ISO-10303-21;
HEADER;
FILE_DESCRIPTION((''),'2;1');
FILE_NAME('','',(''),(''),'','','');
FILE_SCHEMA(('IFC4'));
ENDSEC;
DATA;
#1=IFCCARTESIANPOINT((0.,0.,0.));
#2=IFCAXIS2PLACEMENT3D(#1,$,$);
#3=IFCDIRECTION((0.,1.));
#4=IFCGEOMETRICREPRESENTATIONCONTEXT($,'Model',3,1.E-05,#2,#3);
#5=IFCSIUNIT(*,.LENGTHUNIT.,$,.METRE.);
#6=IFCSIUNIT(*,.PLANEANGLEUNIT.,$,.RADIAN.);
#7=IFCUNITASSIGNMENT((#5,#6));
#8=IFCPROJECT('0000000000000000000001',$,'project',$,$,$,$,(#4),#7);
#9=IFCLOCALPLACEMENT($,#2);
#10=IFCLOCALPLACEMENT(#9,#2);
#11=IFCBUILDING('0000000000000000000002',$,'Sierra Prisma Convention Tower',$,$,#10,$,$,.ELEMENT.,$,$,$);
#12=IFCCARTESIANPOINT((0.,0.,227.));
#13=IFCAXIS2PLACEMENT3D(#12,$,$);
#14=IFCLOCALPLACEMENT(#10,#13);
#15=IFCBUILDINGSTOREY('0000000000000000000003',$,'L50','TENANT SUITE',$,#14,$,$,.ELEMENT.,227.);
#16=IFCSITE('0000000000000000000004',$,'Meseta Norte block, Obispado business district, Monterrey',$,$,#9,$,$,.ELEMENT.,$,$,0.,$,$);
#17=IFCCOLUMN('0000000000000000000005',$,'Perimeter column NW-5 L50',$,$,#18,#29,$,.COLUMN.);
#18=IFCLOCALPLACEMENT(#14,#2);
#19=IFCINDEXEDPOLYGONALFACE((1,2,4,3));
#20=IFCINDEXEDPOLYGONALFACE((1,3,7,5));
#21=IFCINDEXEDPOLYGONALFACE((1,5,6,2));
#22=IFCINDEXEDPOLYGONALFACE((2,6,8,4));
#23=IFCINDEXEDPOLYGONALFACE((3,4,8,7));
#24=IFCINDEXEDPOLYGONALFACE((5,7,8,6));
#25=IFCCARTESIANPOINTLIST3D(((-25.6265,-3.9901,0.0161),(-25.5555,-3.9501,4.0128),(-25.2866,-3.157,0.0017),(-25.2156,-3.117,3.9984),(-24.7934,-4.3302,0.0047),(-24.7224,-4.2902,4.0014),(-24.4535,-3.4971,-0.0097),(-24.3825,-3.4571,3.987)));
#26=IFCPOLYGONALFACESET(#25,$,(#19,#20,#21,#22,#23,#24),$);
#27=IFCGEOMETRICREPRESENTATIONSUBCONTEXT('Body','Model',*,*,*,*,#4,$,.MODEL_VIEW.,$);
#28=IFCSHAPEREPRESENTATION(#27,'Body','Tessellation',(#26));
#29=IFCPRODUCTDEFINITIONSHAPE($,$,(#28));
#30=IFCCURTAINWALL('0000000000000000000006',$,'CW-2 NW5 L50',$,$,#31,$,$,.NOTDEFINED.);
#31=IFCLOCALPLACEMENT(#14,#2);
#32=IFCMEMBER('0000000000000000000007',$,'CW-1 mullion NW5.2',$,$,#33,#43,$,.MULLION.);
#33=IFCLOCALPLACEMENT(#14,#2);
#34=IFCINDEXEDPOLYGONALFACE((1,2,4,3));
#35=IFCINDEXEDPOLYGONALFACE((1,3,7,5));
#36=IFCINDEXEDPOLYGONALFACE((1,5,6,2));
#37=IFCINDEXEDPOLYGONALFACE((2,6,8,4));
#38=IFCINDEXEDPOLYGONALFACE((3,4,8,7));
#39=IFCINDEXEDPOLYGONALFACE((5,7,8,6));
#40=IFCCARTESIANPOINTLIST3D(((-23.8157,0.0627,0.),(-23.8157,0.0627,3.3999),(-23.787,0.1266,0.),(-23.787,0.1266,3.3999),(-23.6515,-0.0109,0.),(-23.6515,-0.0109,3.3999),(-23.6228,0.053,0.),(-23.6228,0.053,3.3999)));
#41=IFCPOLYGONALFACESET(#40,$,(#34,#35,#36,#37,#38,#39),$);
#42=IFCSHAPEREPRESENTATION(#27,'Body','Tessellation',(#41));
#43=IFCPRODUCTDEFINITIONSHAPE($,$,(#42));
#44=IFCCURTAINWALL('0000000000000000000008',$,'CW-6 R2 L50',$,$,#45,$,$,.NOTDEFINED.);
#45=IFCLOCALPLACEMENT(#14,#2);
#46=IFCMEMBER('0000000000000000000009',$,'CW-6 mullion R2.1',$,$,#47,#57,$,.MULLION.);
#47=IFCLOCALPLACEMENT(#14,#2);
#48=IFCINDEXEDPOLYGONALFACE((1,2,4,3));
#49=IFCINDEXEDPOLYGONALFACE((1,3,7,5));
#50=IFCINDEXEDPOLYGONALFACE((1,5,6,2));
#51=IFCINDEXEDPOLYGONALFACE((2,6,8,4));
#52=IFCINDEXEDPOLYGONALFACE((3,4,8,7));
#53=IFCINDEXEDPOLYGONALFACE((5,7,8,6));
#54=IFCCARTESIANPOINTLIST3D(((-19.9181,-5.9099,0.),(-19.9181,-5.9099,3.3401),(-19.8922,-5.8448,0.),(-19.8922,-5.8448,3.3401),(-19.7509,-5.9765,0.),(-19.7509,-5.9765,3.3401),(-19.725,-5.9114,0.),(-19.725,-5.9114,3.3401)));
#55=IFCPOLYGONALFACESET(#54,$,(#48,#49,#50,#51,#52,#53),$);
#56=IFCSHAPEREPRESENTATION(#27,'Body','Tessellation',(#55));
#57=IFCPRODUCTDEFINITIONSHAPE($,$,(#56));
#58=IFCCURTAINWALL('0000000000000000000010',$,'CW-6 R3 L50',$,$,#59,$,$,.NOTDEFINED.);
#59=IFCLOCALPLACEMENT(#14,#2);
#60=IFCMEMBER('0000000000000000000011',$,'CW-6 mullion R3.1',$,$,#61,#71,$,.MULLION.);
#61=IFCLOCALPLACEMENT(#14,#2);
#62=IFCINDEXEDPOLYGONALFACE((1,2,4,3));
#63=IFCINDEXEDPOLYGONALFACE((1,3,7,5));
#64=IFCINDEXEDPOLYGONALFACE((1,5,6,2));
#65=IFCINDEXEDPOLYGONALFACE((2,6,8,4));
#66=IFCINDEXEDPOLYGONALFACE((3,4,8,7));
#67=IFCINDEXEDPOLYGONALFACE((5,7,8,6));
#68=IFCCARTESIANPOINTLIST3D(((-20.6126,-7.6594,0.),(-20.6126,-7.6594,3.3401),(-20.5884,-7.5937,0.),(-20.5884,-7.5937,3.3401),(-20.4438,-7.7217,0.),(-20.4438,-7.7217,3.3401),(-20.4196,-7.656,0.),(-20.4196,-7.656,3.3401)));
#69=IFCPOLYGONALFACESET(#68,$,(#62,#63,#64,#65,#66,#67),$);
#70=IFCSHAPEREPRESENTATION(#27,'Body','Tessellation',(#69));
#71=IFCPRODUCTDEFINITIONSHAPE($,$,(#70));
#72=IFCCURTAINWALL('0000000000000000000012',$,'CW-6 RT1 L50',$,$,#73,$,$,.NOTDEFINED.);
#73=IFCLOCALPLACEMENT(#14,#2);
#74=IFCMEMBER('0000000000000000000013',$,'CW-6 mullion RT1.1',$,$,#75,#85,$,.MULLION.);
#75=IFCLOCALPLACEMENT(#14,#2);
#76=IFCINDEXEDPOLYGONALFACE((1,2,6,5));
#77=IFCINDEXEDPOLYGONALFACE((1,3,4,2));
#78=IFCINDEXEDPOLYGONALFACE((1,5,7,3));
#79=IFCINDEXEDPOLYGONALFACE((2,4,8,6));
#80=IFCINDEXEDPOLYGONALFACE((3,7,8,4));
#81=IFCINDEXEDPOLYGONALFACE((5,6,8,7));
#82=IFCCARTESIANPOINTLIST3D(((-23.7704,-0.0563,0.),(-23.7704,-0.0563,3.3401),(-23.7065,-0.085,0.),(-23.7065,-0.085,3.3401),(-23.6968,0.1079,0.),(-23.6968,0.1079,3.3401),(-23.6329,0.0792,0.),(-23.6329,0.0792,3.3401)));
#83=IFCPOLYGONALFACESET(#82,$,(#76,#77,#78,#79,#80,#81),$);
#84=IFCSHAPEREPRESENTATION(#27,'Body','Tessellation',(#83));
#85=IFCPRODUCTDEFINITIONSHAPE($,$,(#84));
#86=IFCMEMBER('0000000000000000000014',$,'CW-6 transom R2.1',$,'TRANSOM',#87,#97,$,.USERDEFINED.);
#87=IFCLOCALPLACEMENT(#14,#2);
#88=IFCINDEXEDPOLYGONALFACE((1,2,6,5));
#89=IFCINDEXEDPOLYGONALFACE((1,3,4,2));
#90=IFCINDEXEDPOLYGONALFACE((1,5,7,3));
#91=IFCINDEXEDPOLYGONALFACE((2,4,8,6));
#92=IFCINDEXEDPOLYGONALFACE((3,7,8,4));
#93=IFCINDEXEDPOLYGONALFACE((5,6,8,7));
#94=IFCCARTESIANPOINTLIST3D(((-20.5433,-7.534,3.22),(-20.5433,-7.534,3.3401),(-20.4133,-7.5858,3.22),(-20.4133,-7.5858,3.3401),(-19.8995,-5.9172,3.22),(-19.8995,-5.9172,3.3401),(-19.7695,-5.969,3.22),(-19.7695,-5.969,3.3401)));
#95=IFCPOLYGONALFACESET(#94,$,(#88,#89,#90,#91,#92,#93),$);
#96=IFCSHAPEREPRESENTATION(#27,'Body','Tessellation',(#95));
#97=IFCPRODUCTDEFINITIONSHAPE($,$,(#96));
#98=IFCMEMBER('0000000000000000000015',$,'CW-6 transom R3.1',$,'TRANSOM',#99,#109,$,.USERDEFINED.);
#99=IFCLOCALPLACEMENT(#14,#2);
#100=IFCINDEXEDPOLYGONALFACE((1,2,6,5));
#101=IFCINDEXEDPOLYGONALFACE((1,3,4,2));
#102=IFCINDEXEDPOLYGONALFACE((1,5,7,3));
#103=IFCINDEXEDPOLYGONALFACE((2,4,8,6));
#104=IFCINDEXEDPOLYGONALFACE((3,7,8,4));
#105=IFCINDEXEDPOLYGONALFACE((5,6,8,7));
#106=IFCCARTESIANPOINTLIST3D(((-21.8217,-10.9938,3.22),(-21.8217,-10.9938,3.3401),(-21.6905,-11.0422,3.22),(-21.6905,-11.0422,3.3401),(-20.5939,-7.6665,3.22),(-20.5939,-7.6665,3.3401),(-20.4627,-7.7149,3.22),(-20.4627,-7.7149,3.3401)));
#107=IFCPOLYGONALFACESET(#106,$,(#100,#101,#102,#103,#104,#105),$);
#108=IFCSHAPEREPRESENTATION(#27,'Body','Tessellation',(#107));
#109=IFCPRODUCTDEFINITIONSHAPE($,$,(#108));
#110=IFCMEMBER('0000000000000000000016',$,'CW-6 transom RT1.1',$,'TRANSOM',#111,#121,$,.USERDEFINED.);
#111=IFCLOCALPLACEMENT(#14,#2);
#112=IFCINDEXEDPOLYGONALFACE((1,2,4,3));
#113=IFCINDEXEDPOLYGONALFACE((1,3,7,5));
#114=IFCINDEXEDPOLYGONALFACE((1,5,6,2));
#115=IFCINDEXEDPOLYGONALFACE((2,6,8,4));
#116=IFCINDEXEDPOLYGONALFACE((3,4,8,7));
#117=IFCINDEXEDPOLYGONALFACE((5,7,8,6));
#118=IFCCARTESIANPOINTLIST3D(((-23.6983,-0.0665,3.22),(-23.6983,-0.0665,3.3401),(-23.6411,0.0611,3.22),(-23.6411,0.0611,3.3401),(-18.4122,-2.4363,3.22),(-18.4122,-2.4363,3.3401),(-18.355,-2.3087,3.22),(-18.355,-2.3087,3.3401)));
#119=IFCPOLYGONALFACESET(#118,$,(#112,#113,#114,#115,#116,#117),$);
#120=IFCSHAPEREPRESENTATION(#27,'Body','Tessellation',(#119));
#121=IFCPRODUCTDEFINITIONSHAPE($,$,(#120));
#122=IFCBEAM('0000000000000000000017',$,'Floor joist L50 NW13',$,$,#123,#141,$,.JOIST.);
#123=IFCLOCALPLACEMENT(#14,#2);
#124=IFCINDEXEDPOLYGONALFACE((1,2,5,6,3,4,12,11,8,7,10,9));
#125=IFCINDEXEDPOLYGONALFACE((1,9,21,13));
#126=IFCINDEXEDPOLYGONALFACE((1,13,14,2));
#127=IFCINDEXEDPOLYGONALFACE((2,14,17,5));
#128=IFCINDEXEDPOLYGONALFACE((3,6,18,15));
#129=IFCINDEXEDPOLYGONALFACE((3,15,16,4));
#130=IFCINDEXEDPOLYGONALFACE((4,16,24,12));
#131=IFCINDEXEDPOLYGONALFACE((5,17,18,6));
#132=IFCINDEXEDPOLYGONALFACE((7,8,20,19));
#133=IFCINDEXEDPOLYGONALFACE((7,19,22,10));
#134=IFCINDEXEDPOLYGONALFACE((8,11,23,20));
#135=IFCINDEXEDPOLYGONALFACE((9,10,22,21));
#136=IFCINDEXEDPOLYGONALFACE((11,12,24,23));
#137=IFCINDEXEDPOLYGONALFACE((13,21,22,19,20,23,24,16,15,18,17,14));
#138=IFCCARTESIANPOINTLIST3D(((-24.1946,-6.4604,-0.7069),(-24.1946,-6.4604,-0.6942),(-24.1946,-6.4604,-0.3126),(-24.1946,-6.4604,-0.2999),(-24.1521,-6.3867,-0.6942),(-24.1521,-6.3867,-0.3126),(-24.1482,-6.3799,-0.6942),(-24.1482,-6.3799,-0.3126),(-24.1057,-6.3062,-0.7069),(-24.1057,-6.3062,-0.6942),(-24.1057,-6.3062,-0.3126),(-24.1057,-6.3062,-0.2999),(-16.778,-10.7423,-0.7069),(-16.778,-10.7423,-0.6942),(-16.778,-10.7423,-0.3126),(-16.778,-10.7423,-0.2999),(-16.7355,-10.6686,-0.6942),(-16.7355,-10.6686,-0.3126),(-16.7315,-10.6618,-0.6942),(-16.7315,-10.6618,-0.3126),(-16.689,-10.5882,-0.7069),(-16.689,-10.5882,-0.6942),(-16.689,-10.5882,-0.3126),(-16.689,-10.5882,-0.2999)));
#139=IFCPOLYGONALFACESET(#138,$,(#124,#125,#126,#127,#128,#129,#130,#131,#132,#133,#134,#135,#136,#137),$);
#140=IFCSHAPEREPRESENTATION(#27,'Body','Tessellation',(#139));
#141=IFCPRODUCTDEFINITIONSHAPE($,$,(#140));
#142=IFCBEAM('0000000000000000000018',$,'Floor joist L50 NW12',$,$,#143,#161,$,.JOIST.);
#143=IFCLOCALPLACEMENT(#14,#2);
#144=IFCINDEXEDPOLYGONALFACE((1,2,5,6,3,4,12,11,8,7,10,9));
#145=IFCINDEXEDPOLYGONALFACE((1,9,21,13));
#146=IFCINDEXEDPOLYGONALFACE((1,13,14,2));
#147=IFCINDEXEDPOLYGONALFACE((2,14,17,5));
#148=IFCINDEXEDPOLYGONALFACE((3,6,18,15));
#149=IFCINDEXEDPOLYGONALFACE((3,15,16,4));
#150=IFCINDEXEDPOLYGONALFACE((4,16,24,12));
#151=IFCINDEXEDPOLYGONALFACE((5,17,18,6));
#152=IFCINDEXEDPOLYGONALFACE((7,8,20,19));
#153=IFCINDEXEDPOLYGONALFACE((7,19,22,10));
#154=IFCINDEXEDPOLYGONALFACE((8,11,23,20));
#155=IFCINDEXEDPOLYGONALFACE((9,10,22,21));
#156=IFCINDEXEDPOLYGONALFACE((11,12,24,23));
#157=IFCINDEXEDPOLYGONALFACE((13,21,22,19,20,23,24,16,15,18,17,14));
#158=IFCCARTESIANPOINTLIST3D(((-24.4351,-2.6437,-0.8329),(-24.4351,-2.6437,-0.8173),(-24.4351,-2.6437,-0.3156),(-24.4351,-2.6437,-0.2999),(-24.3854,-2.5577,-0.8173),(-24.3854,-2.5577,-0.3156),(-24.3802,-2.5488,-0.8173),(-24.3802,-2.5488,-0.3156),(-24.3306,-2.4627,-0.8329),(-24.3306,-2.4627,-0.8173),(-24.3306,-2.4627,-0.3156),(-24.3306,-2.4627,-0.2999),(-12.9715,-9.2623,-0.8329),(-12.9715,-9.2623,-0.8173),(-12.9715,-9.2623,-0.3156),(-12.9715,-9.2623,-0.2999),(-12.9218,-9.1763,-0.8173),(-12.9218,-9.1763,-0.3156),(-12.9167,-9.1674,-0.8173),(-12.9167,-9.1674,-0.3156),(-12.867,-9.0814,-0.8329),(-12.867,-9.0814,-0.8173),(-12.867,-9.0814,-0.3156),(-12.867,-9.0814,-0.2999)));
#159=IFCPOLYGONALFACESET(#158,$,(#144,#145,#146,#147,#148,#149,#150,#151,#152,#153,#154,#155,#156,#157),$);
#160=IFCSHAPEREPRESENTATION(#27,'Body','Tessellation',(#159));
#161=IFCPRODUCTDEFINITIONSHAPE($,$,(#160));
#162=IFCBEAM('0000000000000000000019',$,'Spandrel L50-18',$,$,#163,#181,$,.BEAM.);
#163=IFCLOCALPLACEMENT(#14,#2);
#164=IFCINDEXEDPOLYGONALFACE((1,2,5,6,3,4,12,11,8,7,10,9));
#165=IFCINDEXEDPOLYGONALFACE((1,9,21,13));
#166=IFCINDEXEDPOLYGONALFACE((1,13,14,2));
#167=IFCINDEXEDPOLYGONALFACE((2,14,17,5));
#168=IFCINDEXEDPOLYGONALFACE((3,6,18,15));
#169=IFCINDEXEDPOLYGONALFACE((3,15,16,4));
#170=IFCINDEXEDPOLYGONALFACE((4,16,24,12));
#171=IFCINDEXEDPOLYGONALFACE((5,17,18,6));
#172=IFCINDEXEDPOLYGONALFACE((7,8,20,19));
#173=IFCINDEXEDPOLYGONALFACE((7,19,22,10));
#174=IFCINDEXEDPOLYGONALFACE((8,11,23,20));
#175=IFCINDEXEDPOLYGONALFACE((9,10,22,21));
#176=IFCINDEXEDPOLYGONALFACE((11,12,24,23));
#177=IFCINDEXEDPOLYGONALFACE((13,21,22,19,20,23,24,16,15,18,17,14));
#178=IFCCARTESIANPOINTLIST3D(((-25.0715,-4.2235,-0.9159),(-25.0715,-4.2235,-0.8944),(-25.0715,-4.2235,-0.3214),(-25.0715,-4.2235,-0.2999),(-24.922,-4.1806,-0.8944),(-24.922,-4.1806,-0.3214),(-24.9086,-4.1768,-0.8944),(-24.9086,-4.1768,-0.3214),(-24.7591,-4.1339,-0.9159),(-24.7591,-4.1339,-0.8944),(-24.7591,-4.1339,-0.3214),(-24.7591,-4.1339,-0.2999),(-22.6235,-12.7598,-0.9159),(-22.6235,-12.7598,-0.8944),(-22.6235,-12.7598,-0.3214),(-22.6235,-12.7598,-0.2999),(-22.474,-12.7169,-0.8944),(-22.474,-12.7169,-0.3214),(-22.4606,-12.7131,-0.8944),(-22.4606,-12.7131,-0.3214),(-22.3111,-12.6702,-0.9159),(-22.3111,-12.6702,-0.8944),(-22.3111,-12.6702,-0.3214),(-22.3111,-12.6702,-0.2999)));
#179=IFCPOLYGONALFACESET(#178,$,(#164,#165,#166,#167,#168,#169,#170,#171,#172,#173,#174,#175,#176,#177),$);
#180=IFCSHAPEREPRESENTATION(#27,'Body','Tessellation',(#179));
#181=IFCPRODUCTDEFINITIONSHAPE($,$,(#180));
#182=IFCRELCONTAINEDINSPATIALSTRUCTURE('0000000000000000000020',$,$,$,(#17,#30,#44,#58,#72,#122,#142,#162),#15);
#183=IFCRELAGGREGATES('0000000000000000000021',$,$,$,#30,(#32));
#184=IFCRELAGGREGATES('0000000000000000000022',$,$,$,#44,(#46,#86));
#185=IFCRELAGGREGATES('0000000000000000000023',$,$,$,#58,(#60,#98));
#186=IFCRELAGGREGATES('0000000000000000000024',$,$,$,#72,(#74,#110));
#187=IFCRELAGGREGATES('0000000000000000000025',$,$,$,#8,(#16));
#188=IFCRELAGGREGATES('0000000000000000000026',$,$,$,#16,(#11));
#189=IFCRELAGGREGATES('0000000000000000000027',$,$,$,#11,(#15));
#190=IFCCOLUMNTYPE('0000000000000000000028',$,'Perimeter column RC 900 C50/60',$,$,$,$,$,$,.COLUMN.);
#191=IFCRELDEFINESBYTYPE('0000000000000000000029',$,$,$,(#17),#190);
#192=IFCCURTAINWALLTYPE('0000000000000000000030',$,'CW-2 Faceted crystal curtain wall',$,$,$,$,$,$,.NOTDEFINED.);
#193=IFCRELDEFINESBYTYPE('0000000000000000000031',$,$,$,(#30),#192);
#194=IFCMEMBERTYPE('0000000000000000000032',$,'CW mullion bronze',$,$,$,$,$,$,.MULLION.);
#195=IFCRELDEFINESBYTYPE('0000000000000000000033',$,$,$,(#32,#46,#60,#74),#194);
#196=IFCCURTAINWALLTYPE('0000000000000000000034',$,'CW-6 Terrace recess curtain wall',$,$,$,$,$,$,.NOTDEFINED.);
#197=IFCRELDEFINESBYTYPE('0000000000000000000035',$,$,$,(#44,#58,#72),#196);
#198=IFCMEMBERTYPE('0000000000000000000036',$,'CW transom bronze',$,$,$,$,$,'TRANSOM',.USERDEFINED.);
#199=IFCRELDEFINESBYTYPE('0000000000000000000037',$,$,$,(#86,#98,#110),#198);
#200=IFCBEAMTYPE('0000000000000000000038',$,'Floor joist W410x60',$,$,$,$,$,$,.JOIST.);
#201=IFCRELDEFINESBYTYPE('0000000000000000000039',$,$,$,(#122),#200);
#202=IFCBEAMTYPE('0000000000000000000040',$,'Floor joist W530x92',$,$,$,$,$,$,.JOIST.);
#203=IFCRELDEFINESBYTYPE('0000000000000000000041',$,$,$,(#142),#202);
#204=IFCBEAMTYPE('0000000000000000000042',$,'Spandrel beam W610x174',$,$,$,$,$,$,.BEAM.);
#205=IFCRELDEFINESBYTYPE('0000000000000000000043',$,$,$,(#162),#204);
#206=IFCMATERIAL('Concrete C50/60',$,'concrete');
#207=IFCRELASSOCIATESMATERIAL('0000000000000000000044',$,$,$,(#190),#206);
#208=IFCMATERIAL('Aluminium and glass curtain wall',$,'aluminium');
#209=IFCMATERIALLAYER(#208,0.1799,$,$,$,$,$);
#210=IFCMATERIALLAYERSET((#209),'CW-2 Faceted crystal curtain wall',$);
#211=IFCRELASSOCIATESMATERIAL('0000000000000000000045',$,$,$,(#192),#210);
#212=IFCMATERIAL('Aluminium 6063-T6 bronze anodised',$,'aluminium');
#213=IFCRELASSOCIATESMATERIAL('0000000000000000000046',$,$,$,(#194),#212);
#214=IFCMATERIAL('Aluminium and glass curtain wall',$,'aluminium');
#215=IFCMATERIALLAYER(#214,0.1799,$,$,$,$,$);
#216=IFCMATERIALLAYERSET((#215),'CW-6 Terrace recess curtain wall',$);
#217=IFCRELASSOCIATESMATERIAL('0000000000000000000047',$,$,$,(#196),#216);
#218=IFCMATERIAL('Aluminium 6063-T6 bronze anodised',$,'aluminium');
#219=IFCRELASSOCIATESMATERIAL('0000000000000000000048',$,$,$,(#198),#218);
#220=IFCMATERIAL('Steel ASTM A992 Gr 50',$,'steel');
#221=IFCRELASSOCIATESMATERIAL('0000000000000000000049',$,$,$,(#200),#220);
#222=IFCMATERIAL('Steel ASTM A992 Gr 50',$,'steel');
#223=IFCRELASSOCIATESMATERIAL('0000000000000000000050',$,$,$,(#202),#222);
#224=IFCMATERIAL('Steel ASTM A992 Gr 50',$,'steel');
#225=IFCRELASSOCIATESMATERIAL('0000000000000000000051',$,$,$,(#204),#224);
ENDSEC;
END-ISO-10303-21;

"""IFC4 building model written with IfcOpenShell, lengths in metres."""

from ifc_helpers import new_model, si_unit, direction, frame, origin, origin_2d, place, context, subcontext, project, spatial, rectangle, i_section, extrude, clip, halfspace, material, layer, layer_set, material_profile, profile_set, type_object, element, aggregate, save


model = new_model("IFC4")

# Units and contexts
model_context = context("Model", 3, precision=1e-05, world=origin(), true_north=direction((0.0, 1.0)))
body_context = subcontext(model_context, "Body", "Model", "MODEL_VIEW")
ifc_project = project(units=[si_unit("LENGTHUNIT", "METRE"), si_unit("PLANEANGLEUNIT", "RADIAN")], contexts=[model_context])

# Site, building, storey
site_placement = place(None, origin())
site = spatial("IfcSite", under=ifc_project, at=site_placement, Name="Meseta Norte block, Obispado business district, Monterrey", CompositionType="ELEMENT", RefElevation=0.0)
building_placement = place(site_placement, origin())
building = spatial("IfcBuilding", under=site, at=building_placement, Name="Sierra Prisma Convention Tower", CompositionType="ELEMENT")
storey_placement = place(building_placement, frame((0.0, 0.0, 227.0)))
storey = spatial("IfcBuildingStorey", under=building, at=storey_placement, Name="L50", Description="TENANT SUITE", CompositionType="ELEMENT", Elevation=227.0)

# Column
ifc_material_1 = material(Name="Concrete C50/60", Category="concrete")
ifc_material_profile_1 = material_profile(ifc_material_1, rectangle(XDim=0.8999, YDim=0.8999, at=origin_2d()), Name="Perimeter column RC 900 C50/60")
ifc_profile_set_1 = profile_set([ifc_material_profile_1], Name="Concrete C50/60")
column_type = type_object("IfcColumnType", Name="Perimeter column RC 900 C50/60", PredefinedType="COLUMN", material=ifc_profile_set_1)
column_placement = place(storey_placement, frame((-25.04, -3.7437, 0.0), z_axis=(0.017758, 0.010008, 0.999792), x_axis=(0.37773, 0.925778, -0.015976)))
element("IfcColumn", 1, at=column_placement, inside=storey, type_object=column_type, Name="Perimeter column NW-5 L50", PredefinedType="COLUMN", context=body_context, shape_type="SweptSolid", body=[
    clip(extrude(rectangle(XDim=0.8999, YDim=0.8999, at=origin_2d()), origin(), (0.0, 0.0, 1.0), 4.0007), halfspace(frame((0.0, 0.0, 0.0032)), True)),
])

# Curtain walls, members
ifc_material_2 = material(Name="Aluminium and glass curtain wall", Category="aluminium")
ifc_layer_1 = layer(ifc_material_2, 0.1799)
ifc_layer_set_1 = layer_set([ifc_layer_1], Name="CW-2 Faceted crystal curtain wall")
curtain_wall_type_1 = type_object("IfcCurtainWallType", Name="CW-2 Faceted crystal curtain wall", PredefinedType="NOTDEFINED", material=ifc_layer_set_1)
curtain_wall_1_placement = place(storey_placement, origin())
curtain_wall_1 = element("IfcCurtainWall", 2, at=curtain_wall_1_placement, inside=storey, type_object=curtain_wall_type_1, Name="CW-2 NW5 L50", PredefinedType="NOTDEFINED")
ifc_material_3 = material(Name="Aluminium 6063-T6 bronze anodised", Category="aluminium")
ifc_material_profile_2 = material_profile(ifc_material_3, rectangle(XDim=0.1799, YDim=0.0701, at=origin_2d()), Name="ALU MULLION 70x180")
ifc_profile_set_2 = profile_set([ifc_material_profile_2], Name="Aluminium 6063-T6 bronze anodised")
member_type_1 = type_object("IfcMemberType", Name="CW mullion bronze", PredefinedType="MULLION", material=ifc_profile_set_2)
member_1_placement = place(storey_placement, frame((-23.7192, 0.0579, 0.0), z_axis=(0.0, 0.0, 1.0), x_axis=(0.912494, -0.409089, 0.0)))
member_1 = element("IfcMember", 3, at=member_1_placement, type_object=member_type_1, Name="CW-1 mullion NW5.2", PredefinedType="MULLION", context=body_context, shape_type="SweptSolid", body=[
    extrude(rectangle(XDim=0.1799, YDim=0.0701, at=origin_2d()), origin(), (0.0, 0.0, 1.0), 3.3999),
])
aggregate(curtain_wall_1, [member_1])
ifc_material_4 = material(Name="Aluminium and glass curtain wall", Category="aluminium")
ifc_layer_2 = layer(ifc_material_4, 0.1799)
ifc_layer_set_2 = layer_set([ifc_layer_2], Name="CW-6 Terrace recess curtain wall")
curtain_wall_type_2 = type_object("IfcCurtainWallType", Name="CW-6 Terrace recess curtain wall", PredefinedType="NOTDEFINED", material=ifc_layer_set_2)
curtain_wall_2_placement = place(storey_placement, origin())
curtain_wall_2 = element("IfcCurtainWall", 4, at=curtain_wall_2_placement, inside=storey, type_object=curtain_wall_type_2, Name="CW-6 R2 L50", PredefinedType="NOTDEFINED")
member_2_placement = place(storey_placement, frame((-19.8215, -5.9106, 0.0), z_axis=(0.0, 0.0, 1.0), x_axis=(0.929074, -0.369895, 0.0)))
member_2 = element("IfcMember", 5, at=member_2_placement, type_object=member_type_1, Name="CW-6 mullion R2.1", PredefinedType="MULLION", context=body_context, shape_type="SweptSolid", body=[
    extrude(rectangle(XDim=0.1799, YDim=0.0701, at=origin_2d()), origin(), (0.0, 0.0, 1.0), 3.3401),
])
curtain_wall_3_placement = place(storey_placement, origin())
curtain_wall_3 = element("IfcCurtainWall", 6, at=curtain_wall_3_placement, inside=storey, type_object=curtain_wall_type_2, Name="CW-6 R3 L50", PredefinedType="NOTDEFINED")
member_3_placement = place(storey_placement, frame((-20.5161, -7.6577, 0.0), z_axis=(0.0, 0.0, 1.0), x_axis=(0.938156, -0.346212, 0.0)))
member_3 = element("IfcMember", 7, at=member_3_placement, type_object=member_type_1, Name="CW-6 mullion R3.1", PredefinedType="MULLION", context=body_context, shape_type="SweptSolid", body=[
    extrude(rectangle(XDim=0.1799, YDim=0.0701, at=origin_2d()), origin(), (0.0, 0.0, 1.0), 3.3401),
])
curtain_wall_4_placement = place(storey_placement, origin())
curtain_wall_4 = element("IfcCurtainWall", 8, at=curtain_wall_4_placement, inside=storey, type_object=curtain_wall_type_2, Name="CW-6 RT1 L50", PredefinedType="NOTDEFINED")
member_4_placement = place(storey_placement, frame((-23.7017, 0.0115, 0.0), z_axis=(0.0, 0.0, 1.0), x_axis=(0.409089, 0.912494, 0.0)))
member_4 = element("IfcMember", 9, at=member_4_placement, type_object=member_type_1, Name="CW-6 mullion RT1.1", PredefinedType="MULLION", context=body_context, shape_type="SweptSolid", body=[
    extrude(rectangle(XDim=0.1799, YDim=0.0701, at=origin_2d()), origin(), (0.0, 0.0, 1.0), 3.3401),
])

# Members
ifc_material_5 = material(Name="Aluminium 6063-T6 bronze anodised", Category="aluminium")
ifc_material_profile_3 = material_profile(ifc_material_5, rectangle(XDim=0.1399, YDim=0.1201, at=origin_2d()), Name="ALU TRANSOM 120x140")
ifc_profile_set_3 = profile_set([ifc_material_profile_3], Name="Aluminium 6063-T6 bronze anodised")
member_type_2 = type_object("IfcMemberType", Name="CW transom bronze", ElementType="TRANSOM", PredefinedType="USERDEFINED", material=ifc_profile_set_3)
member_5_placement = place(storey_placement, frame((-19.8345, -5.9431, 3.28), z_axis=(-0.369963, -0.929046, 0.0), x_axis=(0.929046, -0.369963, 0.0)))
member_5 = element("IfcMember", 10, at=member_5_placement, type_object=member_type_2, Name="CW-6 transom R2.1", ObjectType="TRANSOM", PredefinedType="USERDEFINED", context=body_context, shape_type="SweptSolid", body=[
    extrude(rectangle(XDim=0.1399, YDim=0.1201, at=origin_2d()), origin(), (0.0, 0.0, 1.0), 1.7402),
])
member_6_placement = place(storey_placement, frame((-20.5283, -7.6907, 3.28), z_axis=(-0.346177, -0.938169, 0.0), x_axis=(0.938169, -0.346177, 0.0)))
member_6 = element("IfcMember", 11, at=member_6_placement, type_object=member_type_2, Name="CW-6 transom R3.1", ObjectType="TRANSOM", PredefinedType="USERDEFINED", context=body_context, shape_type="SweptSolid", body=[
    extrude(rectangle(XDim=0.1399, YDim=0.1201, at=origin_2d()), origin(), (0.0, 0.0, 1.0), 3.5466),
])
member_7_placement = place(storey_placement, frame((-23.6697, -0.0027, 3.28), z_axis=(0.912495, -0.409089, 0.0), x_axis=(0.409089, 0.912495, 0.0)))
member_7 = element("IfcMember", 12, at=member_7_placement, type_object=member_type_2, Name="CW-6 transom RT1.1", ObjectType="TRANSOM", PredefinedType="USERDEFINED", context=body_context, shape_type="SweptSolid", body=[
    extrude(rectangle(XDim=0.1399, YDim=0.1201, at=origin_2d()), origin(), (0.0, 0.0, 1.0), 5.793),
])

# Beams
ifc_material_6 = material(Name="Steel ASTM A992 Gr 50", Category="steel")
ifc_material_profile_4 = material_profile(ifc_material_6, i_section(OverallWidth=0.178, OverallDepth=0.407, WebThickness=0.0078, FlangeThickness=0.0127, at=origin_2d()), Name="W410x60")
ifc_profile_set_4 = profile_set([ifc_material_profile_4], Name="Steel ASTM A992 Gr 50")
beam_type_1 = type_object("IfcBeamType", Name="Floor joist W410x60", PredefinedType="JOIST", material=ifc_profile_set_4)
beam_1_placement = place(storey_placement, frame((-24.1501, -6.3833, -0.5034), z_axis=(0.866029, -0.499993, 0.0), x_axis=(0.499993, 0.866029, 0.0)))
element("IfcBeam", 13, at=beam_1_placement, inside=storey, type_object=beam_type_1, Name="Floor joist L50 NW13", PredefinedType="JOIST", context=body_context, shape_type="SweptSolid", body=[
    extrude(i_section(OverallWidth=0.178, OverallDepth=0.407, WebThickness=0.0078, FlangeThickness=0.0127, at=origin_2d()), origin(), (0.0, 0.0, 1.0), 8.564),
])
ifc_material_7 = material(Name="Steel ASTM A992 Gr 50", Category="steel")
ifc_material_profile_5 = material_profile(ifc_material_7, i_section(OverallWidth=0.209, OverallDepth=0.533, WebThickness=0.0103, FlangeThickness=0.0156, at=origin_2d()), Name="W530x92")
ifc_profile_set_5 = profile_set([ifc_material_profile_5], Name="Steel ASTM A992 Gr 50")
beam_type_2 = type_object("IfcBeamType", Name="Floor joist W530x92", PredefinedType="JOIST", material=ifc_profile_set_5)
beam_2_placement = place(storey_placement, frame((-24.3828, -2.5532, -0.5664), z_axis=(0.866021, -0.500007, 0.0), x_axis=(0.500007, 0.866021, 0.0)))
element("IfcBeam", 14, at=beam_2_placement, inside=storey, type_object=beam_type_2, Name="Floor joist L50 NW12", PredefinedType="JOIST", context=body_context, shape_type="SweptSolid", body=[
    extrude(i_section(OverallWidth=0.209, OverallDepth=0.533, WebThickness=0.0103, FlangeThickness=0.0156, at=origin_2d()), origin(), (0.0, 0.0, 1.0), 13.2371),
])
ifc_material_8 = material(Name="Steel ASTM A992 Gr 50", Category="steel")
ifc_material_profile_6 = material_profile(ifc_material_8, i_section(OverallWidth=0.325, OverallDepth=0.616, WebThickness=0.0139, FlangeThickness=0.0215, at=origin_2d()), Name="W610x174")
ifc_profile_set_6 = profile_set([ifc_material_profile_6], Name="Steel ASTM A992 Gr 50")
beam_type_3 = type_object("IfcBeamType", Name="Spandrel beam W610x174", PredefinedType="BEAM", material=ifc_profile_set_6)
beam_3_placement = place(storey_placement, frame((-24.9153, -4.1787, -0.6079), z_axis=(0.275661, -0.961255, 0.0), x_axis=(0.961255, 0.275661, 0.0)))
element("IfcBeam", 15, at=beam_3_placement, inside=storey, type_object=beam_type_3, Name="Spandrel L50-18", PredefinedType="BEAM", context=body_context, shape_type="SweptSolid", body=[
    extrude(i_section(OverallWidth=0.325, OverallDepth=0.616, WebThickness=0.0139, FlangeThickness=0.0215, at=origin_2d()), origin(), (0.0, 0.0, 1.0), 8.8804),
])

aggregate(curtain_wall_2, [member_2, member_5])
aggregate(curtain_wall_3, [member_3, member_6])
aggregate(curtain_wall_4, [member_4, member_7])

save(model, "model.ifc")
